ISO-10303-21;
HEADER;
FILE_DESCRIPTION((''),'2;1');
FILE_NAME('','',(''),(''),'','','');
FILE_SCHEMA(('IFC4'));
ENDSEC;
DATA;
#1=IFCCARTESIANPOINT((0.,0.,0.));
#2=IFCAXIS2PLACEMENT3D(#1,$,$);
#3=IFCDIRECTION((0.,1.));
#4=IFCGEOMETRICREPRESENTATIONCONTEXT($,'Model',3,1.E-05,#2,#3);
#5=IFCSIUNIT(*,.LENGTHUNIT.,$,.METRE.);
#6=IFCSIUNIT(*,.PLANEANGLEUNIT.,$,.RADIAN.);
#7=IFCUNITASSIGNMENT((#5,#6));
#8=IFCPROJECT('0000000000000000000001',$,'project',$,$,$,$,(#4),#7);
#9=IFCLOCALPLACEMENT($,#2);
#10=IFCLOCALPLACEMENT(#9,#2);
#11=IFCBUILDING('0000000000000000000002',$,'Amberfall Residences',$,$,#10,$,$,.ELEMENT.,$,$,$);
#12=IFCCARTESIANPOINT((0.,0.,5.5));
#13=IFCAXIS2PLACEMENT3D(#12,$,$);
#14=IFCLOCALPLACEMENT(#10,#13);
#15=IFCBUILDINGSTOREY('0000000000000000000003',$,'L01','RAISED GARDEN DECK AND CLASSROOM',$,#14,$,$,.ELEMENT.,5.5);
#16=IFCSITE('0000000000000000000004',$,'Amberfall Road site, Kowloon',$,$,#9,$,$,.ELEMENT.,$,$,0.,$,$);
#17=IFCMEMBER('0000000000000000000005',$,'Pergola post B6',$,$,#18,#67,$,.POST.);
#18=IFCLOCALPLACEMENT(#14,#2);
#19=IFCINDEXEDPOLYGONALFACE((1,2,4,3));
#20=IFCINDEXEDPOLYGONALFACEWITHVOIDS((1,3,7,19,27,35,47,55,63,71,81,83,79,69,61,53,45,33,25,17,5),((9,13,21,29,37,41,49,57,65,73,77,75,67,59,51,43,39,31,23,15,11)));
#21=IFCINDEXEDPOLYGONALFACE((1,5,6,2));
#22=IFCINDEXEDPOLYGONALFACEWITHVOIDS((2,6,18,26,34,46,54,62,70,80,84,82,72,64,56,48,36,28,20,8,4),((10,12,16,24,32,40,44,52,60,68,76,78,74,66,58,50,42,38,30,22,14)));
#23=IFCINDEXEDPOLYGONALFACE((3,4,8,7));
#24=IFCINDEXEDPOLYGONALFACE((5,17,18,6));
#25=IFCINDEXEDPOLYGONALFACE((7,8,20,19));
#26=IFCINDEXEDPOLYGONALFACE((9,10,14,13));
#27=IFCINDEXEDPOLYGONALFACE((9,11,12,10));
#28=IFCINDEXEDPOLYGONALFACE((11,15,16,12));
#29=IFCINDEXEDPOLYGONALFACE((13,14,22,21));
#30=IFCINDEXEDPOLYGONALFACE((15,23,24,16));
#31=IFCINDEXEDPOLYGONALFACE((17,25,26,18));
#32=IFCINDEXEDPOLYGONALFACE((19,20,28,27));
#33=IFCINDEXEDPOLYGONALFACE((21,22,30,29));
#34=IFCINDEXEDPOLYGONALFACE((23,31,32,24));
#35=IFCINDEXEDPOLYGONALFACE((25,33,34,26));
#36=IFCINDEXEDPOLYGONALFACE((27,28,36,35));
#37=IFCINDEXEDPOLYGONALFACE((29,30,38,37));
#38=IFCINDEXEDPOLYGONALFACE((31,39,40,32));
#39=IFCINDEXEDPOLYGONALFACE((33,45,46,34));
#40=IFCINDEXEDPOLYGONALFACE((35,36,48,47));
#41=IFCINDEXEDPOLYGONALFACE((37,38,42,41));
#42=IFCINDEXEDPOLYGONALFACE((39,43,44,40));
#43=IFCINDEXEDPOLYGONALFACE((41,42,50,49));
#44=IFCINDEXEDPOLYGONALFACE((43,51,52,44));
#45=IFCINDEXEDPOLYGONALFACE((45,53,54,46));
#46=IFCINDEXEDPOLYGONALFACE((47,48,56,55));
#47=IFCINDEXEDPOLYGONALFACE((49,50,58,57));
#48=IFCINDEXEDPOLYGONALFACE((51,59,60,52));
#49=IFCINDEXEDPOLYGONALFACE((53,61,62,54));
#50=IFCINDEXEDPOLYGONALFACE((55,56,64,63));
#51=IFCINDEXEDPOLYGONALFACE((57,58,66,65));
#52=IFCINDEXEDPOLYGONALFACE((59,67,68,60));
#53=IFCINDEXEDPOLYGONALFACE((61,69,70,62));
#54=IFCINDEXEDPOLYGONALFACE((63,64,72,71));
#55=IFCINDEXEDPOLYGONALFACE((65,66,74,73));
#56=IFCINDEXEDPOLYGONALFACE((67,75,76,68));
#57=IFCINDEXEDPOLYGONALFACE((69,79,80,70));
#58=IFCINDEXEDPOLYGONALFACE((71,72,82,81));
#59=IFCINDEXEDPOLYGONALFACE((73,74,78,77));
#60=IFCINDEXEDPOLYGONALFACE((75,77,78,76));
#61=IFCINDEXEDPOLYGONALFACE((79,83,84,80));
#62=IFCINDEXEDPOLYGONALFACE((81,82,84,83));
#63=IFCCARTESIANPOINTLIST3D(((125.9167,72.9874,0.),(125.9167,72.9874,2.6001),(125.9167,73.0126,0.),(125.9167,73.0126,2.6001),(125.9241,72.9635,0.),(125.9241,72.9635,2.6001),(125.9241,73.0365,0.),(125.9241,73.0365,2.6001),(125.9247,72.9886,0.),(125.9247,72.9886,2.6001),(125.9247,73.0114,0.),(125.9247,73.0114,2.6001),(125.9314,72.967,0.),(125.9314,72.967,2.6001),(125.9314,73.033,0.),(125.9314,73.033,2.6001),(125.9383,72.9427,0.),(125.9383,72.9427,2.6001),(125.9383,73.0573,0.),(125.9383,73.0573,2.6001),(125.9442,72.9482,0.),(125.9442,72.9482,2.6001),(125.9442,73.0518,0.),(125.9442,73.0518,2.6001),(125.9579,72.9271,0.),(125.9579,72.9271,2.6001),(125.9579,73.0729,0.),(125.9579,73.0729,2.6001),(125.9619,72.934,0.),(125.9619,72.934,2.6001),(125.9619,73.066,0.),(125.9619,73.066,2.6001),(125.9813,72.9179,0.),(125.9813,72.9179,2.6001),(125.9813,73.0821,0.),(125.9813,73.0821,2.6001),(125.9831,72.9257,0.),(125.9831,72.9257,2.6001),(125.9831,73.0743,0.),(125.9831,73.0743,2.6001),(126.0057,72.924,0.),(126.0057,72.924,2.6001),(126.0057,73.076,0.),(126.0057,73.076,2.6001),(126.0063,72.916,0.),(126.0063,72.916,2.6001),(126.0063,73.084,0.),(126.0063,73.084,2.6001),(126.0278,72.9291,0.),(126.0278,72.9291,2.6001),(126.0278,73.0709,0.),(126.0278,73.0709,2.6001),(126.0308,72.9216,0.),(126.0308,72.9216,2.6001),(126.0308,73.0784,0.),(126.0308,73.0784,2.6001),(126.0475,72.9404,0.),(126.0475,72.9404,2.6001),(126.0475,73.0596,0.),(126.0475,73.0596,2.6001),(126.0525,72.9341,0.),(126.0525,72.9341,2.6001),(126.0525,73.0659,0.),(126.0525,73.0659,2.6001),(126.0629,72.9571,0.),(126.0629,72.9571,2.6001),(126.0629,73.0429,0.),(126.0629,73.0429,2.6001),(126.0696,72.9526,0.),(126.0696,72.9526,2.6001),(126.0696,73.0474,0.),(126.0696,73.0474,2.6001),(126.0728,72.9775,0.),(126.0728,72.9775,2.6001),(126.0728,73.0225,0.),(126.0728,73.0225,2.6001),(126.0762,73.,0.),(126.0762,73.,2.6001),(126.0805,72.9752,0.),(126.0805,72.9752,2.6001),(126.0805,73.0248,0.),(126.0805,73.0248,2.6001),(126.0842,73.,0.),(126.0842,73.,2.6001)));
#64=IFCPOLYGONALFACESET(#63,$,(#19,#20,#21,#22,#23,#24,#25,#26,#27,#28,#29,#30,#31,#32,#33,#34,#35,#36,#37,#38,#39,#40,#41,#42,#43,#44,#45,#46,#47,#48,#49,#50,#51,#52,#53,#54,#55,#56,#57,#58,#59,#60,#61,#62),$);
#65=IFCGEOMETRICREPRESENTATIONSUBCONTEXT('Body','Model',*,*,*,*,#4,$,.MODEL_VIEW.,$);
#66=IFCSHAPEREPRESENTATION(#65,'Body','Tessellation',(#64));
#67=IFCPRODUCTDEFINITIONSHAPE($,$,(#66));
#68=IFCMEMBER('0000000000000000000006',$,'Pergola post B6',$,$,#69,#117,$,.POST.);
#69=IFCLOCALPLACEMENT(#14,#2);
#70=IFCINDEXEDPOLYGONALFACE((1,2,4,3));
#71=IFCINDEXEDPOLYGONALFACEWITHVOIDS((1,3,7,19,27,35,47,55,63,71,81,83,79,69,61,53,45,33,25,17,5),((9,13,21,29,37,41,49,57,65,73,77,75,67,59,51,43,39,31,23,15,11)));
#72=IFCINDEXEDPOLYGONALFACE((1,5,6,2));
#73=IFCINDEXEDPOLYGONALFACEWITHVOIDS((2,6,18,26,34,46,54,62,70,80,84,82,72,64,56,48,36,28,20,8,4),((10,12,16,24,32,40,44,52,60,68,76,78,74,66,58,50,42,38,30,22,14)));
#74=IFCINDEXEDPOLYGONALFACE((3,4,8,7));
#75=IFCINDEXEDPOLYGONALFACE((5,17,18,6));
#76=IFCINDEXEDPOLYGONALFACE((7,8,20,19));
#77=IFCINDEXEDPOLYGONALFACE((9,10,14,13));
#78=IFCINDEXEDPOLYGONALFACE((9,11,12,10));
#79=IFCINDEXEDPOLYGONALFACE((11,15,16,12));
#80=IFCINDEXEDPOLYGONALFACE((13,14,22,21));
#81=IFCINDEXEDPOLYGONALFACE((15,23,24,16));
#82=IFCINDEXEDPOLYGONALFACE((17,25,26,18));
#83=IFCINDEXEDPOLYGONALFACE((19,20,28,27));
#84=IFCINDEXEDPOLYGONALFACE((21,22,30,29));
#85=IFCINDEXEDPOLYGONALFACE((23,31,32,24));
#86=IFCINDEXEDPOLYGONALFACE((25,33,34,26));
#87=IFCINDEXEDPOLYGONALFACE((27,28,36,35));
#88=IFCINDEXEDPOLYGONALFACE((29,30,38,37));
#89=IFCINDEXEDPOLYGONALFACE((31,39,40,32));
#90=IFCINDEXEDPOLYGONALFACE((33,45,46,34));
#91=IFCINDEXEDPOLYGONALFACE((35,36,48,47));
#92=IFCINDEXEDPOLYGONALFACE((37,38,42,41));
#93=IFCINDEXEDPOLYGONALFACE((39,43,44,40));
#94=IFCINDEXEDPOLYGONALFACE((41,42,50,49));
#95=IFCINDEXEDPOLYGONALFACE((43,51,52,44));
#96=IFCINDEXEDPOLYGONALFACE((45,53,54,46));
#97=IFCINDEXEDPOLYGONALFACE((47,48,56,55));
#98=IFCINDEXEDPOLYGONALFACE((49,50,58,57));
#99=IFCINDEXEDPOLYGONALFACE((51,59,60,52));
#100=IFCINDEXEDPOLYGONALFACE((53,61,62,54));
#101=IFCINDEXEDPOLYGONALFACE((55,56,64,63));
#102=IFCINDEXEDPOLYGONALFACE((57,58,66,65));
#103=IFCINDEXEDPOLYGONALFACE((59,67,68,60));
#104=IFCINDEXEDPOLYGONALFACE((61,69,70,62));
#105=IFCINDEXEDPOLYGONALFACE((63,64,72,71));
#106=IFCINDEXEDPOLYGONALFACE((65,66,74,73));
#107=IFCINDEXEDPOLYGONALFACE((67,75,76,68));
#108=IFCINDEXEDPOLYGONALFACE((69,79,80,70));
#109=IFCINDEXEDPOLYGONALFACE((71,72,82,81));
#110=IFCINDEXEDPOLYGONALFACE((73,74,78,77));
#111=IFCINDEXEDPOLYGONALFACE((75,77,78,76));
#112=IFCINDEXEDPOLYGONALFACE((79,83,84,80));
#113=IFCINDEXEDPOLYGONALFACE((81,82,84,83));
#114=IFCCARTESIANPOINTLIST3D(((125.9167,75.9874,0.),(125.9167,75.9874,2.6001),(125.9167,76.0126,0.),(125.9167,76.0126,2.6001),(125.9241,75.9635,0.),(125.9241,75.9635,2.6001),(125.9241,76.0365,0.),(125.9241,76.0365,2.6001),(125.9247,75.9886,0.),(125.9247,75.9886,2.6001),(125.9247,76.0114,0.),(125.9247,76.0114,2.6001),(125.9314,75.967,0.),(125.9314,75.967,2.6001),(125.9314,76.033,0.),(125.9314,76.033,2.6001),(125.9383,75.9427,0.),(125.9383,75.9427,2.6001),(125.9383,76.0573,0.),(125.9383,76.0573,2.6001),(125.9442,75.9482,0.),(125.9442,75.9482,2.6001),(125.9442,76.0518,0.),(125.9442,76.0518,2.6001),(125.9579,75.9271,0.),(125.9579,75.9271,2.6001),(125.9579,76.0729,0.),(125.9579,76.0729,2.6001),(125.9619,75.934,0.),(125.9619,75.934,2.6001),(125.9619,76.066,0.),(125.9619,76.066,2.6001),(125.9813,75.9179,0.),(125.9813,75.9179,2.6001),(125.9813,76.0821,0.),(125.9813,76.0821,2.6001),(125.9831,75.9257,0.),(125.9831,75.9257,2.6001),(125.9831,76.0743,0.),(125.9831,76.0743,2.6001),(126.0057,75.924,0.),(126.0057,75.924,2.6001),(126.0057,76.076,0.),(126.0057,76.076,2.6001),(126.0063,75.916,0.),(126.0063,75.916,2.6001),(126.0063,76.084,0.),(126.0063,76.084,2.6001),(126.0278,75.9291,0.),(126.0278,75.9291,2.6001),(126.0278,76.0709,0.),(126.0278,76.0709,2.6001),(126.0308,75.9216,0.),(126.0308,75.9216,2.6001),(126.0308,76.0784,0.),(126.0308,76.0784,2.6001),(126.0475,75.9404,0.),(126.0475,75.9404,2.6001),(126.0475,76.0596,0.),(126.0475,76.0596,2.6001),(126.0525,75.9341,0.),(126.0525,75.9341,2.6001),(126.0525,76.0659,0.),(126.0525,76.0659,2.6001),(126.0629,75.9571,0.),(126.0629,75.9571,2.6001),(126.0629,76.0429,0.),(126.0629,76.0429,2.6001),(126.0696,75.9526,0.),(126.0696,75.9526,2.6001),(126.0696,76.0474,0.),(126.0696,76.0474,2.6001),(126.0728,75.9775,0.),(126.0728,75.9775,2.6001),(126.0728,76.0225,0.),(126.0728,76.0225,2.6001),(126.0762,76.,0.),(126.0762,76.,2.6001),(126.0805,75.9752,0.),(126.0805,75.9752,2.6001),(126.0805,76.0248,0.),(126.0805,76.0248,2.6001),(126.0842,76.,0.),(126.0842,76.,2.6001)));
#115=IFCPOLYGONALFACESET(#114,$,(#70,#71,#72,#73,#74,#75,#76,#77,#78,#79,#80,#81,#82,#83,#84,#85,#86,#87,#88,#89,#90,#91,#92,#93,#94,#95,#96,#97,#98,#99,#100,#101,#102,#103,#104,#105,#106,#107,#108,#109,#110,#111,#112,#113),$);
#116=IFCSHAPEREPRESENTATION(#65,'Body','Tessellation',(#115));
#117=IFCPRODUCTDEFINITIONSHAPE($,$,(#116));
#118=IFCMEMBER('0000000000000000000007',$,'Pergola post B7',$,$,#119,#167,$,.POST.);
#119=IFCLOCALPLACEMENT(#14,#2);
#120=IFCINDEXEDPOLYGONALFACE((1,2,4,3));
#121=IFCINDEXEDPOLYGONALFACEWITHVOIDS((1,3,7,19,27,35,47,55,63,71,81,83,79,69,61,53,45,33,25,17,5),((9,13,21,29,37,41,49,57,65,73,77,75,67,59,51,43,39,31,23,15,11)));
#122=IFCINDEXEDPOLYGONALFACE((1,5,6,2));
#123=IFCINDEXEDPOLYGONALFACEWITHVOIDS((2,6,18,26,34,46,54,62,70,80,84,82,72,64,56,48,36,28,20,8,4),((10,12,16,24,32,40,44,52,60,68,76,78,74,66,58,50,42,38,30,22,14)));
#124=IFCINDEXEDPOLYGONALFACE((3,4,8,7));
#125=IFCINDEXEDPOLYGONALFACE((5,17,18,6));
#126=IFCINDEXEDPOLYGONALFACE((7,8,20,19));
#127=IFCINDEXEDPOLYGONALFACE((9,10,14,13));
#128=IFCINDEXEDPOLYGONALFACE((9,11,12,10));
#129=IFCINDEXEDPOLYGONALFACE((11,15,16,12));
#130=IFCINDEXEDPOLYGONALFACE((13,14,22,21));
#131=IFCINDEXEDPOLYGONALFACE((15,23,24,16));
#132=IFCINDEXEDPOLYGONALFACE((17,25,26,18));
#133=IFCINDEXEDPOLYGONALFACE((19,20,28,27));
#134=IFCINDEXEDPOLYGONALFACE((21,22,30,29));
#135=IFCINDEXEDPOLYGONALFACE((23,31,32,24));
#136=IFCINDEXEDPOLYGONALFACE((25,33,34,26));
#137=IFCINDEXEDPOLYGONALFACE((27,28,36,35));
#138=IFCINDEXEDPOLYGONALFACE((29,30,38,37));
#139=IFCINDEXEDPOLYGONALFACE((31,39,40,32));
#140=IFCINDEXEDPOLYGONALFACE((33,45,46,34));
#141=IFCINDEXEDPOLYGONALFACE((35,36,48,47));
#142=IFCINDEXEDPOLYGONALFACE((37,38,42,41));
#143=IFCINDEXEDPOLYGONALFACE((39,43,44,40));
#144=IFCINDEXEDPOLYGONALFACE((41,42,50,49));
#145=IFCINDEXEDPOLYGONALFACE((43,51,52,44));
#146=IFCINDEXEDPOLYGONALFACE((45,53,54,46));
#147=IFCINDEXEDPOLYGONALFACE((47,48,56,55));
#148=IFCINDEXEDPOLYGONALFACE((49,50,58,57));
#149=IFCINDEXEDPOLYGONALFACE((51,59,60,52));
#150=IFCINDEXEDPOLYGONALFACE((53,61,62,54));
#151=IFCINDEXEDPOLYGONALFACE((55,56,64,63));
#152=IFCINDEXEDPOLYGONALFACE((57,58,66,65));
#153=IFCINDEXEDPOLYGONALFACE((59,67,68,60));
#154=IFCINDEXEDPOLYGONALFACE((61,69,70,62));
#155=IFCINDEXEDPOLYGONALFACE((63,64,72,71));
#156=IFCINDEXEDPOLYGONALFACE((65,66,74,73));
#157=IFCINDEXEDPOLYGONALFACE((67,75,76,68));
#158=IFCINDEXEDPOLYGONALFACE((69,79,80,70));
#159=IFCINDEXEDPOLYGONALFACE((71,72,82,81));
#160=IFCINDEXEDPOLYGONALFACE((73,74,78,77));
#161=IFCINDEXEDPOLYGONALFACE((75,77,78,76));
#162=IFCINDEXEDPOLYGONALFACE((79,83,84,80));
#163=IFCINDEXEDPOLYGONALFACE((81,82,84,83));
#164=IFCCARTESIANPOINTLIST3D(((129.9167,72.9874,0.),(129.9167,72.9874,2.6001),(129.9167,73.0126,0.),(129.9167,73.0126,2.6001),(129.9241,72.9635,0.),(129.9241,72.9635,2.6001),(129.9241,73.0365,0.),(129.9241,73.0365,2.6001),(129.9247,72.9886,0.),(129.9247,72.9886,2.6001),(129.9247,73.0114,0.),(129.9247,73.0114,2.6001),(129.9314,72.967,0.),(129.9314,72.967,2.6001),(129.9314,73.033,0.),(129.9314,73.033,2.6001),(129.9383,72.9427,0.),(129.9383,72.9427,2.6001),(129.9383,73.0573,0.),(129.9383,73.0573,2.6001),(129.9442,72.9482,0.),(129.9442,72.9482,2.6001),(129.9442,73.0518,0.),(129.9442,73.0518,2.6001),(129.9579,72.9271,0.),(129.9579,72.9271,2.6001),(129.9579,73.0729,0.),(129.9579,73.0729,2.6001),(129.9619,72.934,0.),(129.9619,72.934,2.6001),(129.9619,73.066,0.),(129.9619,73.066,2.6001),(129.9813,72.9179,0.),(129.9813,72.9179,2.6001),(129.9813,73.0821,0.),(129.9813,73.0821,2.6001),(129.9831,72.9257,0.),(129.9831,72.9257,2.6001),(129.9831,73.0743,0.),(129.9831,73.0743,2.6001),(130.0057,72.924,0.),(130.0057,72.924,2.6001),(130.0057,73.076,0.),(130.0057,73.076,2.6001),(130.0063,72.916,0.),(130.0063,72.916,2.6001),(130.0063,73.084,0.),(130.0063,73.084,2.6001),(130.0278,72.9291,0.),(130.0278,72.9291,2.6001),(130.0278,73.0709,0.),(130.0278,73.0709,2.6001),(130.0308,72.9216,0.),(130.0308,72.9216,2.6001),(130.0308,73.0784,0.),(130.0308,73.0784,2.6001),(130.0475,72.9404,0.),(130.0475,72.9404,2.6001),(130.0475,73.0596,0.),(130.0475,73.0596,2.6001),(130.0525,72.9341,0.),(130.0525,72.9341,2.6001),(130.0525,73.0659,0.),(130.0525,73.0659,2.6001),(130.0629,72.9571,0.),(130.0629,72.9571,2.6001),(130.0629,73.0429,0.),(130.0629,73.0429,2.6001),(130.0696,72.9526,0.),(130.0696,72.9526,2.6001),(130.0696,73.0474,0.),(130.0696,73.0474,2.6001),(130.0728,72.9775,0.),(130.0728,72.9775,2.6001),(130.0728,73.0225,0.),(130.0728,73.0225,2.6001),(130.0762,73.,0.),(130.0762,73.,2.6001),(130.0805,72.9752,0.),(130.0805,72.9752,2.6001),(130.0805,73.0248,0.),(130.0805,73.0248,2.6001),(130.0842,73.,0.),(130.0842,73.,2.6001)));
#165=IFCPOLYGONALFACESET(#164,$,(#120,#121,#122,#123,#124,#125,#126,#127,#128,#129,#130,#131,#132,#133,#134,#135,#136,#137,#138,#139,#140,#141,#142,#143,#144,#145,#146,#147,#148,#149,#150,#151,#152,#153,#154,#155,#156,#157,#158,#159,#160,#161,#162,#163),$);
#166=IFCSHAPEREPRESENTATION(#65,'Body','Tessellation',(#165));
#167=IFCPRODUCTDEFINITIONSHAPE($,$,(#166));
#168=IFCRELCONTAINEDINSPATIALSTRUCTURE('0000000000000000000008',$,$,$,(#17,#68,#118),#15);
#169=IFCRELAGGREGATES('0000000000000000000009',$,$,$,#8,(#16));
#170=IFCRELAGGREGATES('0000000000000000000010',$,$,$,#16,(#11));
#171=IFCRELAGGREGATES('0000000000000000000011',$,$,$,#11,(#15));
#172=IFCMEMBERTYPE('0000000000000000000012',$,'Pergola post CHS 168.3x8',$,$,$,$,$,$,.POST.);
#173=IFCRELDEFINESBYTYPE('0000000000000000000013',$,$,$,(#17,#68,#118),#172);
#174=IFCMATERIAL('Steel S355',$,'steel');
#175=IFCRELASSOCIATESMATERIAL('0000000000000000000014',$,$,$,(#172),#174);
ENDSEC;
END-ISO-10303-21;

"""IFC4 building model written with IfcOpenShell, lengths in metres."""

from ifc_helpers import new_model, si_unit, direction, frame, origin, origin_2d, place, context, subcontext, project, spatial, hollow_circle, extrude, material, material_profile, profile_set, type_object, element, save


model = new_model("IFC4")

# Units and contexts
model_context = context("Model", 3, precision=1e-05, world=origin(), true_north=direction((0.0, 1.0)))
body_context = subcontext(model_context, "Body", "Model", "MODEL_VIEW")
ifc_project = project(units=[si_unit("LENGTHUNIT", "METRE"), si_unit("PLANEANGLEUNIT", "RADIAN")], contexts=[model_context])

# Site, building, storey
site_placement = place(None, origin())
site = spatial("IfcSite", under=ifc_project, at=site_placement, Name="Amberfall Road site, Kowloon", CompositionType="ELEMENT", RefElevation=0.0)
building_placement = place(site_placement, origin())
building = spatial("IfcBuilding", under=site, at=building_placement, Name="Amberfall Residences", CompositionType="ELEMENT")
storey_placement = place(building_placement, frame((0.0, 0.0, 5.5)))
storey = spatial("IfcBuildingStorey", under=building, at=storey_placement, Name="L01", Description="RAISED GARDEN DECK AND CLASSROOM", CompositionType="ELEMENT", Elevation=5.5)

# Members
ifc_material_1 = material(Name="Steel S355", Category="steel")
ifc_material_profile_1 = material_profile(ifc_material_1, hollow_circle(Radius=0.0842, WallThickness=0.0081, at=origin_2d()), Name="CHS 168.3x8")
ifc_profile_set_1 = profile_set([ifc_material_profile_1], Name="Steel S355")
member_type_1 = type_object("IfcMemberType", Name="Pergola post CHS 168.3x8", PredefinedType="POST", material=ifc_profile_set_1)
for number, where, z_axis, x_axis, name in (
    (1, (126.0, 73.0, 0.0), (0.0, 0.0, 1.0), (1.0, 0.0, 0.0), "Pergola post B6"),
    (2, (126.0, 76.0, 0.0), (0.0, 0.0, 1.0), (1.0, 0.0, 0.0), "Pergola post B6"),
    (3, (130.0, 73.0, 0.0), (0.0, 0.0, 1.0), (1.0, 0.0, 0.0), "Pergola post B7"),
):
    element("IfcMember", number, at=place(storey_placement, frame(where, z_axis=z_axis, x_axis=x_axis)), inside=storey, type_object=member_type_1, Name=name, PredefinedType="POST", context=body_context, shape_type="SweptSolid", body=[
        extrude(hollow_circle(Radius=0.0842, WallThickness=0.0081, at=origin_2d()), origin(), (0.0, 0.0, 1.0), 2.6001),
    ])

save(model, "model.ifc")
